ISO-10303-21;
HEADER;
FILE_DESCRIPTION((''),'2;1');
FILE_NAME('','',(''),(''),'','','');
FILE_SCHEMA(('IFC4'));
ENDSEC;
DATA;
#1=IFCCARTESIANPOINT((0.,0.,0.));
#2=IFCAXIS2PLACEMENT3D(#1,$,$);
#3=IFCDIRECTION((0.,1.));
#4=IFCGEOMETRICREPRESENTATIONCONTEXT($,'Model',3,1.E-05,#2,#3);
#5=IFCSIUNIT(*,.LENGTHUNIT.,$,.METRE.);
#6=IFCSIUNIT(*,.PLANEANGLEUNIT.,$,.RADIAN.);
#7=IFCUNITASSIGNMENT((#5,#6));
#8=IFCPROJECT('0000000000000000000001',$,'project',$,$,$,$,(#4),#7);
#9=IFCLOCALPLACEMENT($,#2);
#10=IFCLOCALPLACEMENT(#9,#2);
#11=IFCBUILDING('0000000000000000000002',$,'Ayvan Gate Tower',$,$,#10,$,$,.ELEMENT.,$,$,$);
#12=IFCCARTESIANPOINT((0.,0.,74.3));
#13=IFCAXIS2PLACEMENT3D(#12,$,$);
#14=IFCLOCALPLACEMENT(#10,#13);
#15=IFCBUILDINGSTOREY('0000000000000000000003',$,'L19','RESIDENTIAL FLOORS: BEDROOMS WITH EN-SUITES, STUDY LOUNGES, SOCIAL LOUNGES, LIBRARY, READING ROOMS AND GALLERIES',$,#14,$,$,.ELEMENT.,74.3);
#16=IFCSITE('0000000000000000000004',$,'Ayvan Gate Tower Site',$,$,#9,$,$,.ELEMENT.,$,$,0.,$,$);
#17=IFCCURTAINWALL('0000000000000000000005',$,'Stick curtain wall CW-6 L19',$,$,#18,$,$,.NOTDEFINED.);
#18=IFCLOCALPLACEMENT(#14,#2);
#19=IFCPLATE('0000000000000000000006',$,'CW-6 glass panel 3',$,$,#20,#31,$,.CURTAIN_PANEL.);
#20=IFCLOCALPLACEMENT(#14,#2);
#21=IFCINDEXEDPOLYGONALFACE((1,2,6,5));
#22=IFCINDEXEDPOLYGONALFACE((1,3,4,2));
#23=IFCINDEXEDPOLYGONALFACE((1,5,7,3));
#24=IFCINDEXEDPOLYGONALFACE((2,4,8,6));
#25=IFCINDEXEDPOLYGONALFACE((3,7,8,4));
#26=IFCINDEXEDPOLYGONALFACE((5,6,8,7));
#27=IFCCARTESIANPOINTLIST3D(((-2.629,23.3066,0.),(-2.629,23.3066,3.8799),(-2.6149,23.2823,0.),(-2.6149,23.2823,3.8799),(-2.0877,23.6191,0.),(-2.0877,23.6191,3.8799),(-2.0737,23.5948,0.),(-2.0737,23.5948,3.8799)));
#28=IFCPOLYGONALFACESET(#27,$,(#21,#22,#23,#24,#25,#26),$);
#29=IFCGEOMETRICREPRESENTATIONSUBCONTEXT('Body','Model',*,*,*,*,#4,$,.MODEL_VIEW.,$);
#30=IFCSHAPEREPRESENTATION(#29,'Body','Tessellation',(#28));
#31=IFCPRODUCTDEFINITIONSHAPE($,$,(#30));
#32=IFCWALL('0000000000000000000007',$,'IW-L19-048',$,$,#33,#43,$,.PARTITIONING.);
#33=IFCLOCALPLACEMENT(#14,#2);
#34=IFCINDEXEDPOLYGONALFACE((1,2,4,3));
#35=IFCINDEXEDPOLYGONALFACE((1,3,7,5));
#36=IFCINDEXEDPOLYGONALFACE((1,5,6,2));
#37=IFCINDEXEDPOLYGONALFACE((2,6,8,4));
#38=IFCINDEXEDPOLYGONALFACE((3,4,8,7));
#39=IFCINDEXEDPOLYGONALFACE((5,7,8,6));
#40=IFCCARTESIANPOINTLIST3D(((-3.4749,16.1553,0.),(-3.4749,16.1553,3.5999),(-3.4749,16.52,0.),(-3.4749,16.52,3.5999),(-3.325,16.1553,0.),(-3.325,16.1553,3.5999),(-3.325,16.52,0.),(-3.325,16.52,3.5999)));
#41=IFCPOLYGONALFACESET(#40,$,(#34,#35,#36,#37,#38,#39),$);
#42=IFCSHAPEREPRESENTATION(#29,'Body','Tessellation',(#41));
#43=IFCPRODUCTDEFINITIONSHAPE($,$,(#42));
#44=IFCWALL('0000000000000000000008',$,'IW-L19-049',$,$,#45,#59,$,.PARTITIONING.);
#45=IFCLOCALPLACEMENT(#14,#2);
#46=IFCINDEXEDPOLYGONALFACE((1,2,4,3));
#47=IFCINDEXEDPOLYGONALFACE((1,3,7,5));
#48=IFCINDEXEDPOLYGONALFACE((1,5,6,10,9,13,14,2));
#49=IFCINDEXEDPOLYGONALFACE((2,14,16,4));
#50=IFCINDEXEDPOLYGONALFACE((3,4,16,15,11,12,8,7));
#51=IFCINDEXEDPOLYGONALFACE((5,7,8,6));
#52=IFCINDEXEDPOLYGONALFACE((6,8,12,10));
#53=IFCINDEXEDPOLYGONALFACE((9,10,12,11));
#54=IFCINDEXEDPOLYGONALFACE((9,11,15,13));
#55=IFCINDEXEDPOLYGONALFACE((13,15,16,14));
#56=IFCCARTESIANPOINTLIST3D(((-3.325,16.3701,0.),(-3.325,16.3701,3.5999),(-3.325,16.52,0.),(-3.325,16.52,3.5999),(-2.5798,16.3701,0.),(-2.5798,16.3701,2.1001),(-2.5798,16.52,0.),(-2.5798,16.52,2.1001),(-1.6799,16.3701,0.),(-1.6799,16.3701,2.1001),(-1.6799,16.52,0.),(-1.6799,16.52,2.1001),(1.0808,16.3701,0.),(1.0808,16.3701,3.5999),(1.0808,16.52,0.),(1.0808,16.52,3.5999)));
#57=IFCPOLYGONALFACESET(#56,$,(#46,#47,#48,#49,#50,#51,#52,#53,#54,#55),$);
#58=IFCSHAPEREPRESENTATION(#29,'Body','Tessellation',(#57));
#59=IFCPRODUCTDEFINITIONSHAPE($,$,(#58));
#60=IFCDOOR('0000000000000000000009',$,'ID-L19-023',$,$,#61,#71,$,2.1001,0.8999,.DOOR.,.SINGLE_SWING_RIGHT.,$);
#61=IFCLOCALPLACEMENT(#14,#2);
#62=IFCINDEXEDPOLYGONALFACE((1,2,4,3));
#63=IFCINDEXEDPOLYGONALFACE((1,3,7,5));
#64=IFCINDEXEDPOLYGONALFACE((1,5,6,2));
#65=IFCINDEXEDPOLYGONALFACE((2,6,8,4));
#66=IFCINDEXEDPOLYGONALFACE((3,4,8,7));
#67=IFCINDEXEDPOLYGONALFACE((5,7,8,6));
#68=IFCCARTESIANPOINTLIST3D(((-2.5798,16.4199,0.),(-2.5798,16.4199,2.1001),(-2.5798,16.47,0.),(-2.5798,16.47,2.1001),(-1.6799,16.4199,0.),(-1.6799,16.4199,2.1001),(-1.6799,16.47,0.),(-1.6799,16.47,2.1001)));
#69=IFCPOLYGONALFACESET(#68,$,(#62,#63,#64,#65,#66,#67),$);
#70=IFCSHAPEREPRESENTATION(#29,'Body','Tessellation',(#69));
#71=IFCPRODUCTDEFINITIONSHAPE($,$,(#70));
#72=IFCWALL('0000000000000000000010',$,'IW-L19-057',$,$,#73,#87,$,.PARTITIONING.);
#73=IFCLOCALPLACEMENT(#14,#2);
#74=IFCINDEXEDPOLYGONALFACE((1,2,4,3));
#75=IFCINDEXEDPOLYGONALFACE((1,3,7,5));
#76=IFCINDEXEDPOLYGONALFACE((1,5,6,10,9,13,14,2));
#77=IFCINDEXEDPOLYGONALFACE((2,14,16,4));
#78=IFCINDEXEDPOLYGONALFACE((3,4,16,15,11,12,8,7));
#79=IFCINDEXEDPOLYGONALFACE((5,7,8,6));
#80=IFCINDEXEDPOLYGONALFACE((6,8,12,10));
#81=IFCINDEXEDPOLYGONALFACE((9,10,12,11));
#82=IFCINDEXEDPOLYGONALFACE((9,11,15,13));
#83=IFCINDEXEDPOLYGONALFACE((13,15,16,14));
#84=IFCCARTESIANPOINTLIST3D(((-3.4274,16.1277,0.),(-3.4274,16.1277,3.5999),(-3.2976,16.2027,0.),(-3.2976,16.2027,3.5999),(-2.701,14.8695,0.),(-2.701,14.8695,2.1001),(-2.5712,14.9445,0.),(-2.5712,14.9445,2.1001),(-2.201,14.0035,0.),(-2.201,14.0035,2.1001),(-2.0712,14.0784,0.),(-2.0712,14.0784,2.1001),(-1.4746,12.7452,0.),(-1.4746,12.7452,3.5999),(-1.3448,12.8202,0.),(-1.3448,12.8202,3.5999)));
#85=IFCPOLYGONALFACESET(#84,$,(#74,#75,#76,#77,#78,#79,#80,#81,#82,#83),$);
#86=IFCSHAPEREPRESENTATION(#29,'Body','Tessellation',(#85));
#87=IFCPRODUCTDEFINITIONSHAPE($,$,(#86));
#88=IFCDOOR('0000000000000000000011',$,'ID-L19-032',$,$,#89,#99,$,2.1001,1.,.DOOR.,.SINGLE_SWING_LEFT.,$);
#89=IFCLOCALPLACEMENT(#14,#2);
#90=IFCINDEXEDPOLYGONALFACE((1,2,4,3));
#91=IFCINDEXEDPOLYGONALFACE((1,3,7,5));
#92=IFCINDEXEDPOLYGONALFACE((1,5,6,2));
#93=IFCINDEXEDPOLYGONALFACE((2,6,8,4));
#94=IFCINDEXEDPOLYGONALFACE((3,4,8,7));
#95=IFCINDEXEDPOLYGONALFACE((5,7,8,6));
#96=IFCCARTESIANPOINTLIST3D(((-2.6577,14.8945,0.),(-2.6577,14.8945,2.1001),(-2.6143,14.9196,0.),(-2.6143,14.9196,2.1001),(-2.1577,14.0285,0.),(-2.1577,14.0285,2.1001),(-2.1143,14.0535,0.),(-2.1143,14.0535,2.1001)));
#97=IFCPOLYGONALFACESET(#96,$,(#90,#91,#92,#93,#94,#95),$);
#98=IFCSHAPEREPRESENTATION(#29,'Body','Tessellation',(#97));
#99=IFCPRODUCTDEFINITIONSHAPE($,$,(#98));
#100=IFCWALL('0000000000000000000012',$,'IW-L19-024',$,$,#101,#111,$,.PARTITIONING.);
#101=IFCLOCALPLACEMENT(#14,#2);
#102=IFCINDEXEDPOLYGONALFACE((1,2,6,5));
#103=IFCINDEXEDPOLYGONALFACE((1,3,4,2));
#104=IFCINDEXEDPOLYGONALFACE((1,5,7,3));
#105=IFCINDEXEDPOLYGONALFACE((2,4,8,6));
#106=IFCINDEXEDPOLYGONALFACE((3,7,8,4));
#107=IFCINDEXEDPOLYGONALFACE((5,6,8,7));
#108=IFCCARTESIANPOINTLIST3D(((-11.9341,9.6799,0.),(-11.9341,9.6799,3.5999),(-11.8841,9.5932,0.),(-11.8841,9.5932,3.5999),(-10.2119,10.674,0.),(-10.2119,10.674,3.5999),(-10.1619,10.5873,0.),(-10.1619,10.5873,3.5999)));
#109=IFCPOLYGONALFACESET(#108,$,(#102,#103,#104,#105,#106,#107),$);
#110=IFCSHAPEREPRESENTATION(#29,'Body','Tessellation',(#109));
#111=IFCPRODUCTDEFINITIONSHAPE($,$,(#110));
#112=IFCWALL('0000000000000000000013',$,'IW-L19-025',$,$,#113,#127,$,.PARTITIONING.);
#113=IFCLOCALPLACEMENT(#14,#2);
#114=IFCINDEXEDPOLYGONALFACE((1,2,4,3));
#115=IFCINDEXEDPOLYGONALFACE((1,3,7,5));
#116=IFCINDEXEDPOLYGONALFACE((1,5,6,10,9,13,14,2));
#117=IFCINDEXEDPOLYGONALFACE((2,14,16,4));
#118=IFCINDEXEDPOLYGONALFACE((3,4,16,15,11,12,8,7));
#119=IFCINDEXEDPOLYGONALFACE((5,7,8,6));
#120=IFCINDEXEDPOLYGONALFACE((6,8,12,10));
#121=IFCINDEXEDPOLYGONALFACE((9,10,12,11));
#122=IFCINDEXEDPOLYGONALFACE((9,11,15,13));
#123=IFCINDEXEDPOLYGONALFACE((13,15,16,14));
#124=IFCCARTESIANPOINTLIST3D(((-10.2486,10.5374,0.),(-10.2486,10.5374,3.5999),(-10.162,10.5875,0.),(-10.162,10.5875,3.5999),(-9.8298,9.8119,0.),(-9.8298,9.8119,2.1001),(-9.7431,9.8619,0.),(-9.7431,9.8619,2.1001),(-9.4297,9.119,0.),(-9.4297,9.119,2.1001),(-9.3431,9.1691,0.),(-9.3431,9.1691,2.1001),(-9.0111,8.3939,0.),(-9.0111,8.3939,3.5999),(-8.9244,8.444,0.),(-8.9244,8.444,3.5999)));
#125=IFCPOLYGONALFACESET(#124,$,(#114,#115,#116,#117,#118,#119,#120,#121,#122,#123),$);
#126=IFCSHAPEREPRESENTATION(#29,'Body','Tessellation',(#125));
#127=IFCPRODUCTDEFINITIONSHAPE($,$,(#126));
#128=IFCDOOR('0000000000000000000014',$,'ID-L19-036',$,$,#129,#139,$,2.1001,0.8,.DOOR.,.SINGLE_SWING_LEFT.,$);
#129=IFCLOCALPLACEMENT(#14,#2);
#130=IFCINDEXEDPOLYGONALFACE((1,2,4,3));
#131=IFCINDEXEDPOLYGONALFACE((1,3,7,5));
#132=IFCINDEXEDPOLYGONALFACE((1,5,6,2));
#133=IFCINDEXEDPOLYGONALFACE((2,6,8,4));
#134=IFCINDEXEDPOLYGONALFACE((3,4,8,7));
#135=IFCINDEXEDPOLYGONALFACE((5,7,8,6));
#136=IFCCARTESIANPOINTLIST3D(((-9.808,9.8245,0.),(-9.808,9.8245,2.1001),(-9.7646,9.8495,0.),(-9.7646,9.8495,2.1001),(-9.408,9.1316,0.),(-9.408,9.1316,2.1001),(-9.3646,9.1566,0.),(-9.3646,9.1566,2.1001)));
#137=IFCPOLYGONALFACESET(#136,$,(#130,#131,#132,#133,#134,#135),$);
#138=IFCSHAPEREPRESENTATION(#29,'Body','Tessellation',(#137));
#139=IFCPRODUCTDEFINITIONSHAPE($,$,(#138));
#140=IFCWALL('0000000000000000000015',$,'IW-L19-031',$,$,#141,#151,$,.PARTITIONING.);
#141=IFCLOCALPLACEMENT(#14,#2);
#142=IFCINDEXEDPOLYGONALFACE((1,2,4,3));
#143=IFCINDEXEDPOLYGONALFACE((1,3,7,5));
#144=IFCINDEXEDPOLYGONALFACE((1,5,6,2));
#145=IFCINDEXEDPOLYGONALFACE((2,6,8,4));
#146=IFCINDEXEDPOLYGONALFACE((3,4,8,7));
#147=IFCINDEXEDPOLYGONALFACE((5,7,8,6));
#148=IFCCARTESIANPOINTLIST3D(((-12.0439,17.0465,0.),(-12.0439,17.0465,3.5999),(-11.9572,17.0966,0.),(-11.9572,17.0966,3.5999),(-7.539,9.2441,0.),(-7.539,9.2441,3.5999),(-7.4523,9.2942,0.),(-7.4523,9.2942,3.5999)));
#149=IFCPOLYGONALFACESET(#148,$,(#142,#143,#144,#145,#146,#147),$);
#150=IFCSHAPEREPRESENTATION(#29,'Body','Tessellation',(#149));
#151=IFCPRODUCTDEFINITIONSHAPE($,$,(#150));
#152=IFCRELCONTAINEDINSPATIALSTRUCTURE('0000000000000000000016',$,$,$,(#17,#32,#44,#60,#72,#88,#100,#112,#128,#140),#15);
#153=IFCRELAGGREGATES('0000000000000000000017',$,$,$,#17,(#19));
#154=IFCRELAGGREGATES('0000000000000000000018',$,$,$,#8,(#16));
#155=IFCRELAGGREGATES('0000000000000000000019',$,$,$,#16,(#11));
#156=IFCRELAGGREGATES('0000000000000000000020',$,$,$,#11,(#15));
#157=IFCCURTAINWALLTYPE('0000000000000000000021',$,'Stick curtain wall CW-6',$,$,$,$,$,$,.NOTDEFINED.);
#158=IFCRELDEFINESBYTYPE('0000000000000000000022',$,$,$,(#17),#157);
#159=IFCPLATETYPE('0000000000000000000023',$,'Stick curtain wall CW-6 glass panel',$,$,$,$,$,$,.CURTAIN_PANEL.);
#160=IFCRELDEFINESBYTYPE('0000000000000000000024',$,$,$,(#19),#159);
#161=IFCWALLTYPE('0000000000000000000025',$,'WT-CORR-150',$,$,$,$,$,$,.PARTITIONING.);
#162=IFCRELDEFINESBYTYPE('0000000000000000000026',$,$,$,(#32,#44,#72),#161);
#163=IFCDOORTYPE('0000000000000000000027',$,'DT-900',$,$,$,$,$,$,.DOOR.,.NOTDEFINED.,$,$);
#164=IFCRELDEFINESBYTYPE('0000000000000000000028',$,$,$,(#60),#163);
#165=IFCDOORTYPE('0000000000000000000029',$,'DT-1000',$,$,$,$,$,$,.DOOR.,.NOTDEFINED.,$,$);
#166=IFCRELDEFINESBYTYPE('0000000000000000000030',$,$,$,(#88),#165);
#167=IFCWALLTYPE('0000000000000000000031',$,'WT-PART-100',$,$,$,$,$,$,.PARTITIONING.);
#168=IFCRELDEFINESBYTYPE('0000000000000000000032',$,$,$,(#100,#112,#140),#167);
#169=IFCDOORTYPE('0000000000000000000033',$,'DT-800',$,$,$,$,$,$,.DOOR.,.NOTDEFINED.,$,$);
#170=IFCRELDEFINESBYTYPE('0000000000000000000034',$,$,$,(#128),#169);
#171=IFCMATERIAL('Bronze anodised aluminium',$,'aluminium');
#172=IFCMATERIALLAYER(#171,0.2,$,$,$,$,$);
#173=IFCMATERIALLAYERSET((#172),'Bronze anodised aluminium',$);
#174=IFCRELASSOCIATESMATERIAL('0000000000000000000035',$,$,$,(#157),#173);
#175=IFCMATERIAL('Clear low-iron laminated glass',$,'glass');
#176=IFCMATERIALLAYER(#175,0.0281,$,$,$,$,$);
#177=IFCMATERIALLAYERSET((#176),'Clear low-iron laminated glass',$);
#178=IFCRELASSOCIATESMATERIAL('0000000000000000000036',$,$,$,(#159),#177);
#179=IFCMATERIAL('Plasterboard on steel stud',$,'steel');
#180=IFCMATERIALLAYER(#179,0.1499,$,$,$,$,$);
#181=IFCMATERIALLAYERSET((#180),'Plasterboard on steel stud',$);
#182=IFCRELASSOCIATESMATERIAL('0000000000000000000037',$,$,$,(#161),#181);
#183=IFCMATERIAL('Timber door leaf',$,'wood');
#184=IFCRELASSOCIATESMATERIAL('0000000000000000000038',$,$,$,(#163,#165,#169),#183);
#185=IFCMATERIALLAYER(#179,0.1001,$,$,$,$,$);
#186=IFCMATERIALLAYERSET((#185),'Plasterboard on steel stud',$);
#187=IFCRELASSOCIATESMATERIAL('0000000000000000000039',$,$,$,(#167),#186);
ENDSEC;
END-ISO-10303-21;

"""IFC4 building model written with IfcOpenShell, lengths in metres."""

from ifc_helpers import new_model, si_unit, direction, frame, frame_2d, origin, origin_2d, place, context, subcontext, project, spatial, rectangle, extrude, material, layer, layer_set, type_object, element, fill, aggregate, save


model = new_model("IFC4")

# Units and contexts
model_context = context("Model", 3, precision=1e-05, world=origin(), true_north=direction((0.0, 1.0)))
body_context = subcontext(model_context, "Body", "Model", "MODEL_VIEW")
ifc_project = project(units=[si_unit("LENGTHUNIT", "METRE"), si_unit("PLANEANGLEUNIT", "RADIAN")], contexts=[model_context])

# Site, building, storey
site_placement = place(None, origin())
site = spatial("IfcSite", under=ifc_project, at=site_placement, Name="Ayvan Gate Tower Site", CompositionType="ELEMENT", RefElevation=0.0)
building_placement = place(site_placement, origin())
building = spatial("IfcBuilding", under=site, at=building_placement, Name="Ayvan Gate Tower", CompositionType="ELEMENT")
storey_placement = place(building_placement, frame((0.0, 0.0, 74.3)))
storey = spatial("IfcBuildingStorey", under=building, at=storey_placement, Name="L19", Description="RESIDENTIAL FLOORS: BEDROOMS WITH EN-SUITES, STUDY LOUNGES, SOCIAL LOUNGES, LIBRARY, READING ROOMS AND GALLERIES", CompositionType="ELEMENT", Elevation=74.3)

# Curtain wall
ifc_material_1 = material(Name="Bronze anodised aluminium", Category="aluminium")
ifc_layer_1 = layer(ifc_material_1, 0.2)
ifc_layer_set_1 = layer_set([ifc_layer_1], Name="Bronze anodised aluminium")
curtain_wall_type_1 = type_object("IfcCurtainWallType", Name="Stick curtain wall CW-6", PredefinedType="NOTDEFINED", material=ifc_layer_set_1)
curtain_wall_1_placement = place(storey_placement, origin())
curtain_wall_1 = element("IfcCurtainWall", 1, at=curtain_wall_1_placement, inside=storey, type_object=curtain_wall_type_1, Name="Stick curtain wall CW-6 L19", PredefinedType="NOTDEFINED")

# Plate
ifc_material_2 = material(Name="Clear low-iron laminated glass", Category="glass")
ifc_layer_2 = layer(ifc_material_2, 0.0281)
ifc_layer_set_2 = layer_set([ifc_layer_2], Name="Clear low-iron laminated glass")
plate_type_1 = type_object("IfcPlateType", Name="Stick curtain wall CW-6 glass panel", PredefinedType="CURTAIN_PANEL", material=ifc_layer_set_2)
plate_1_placement = place(storey_placement, frame((-2.3513, 23.4507, 0.0), z_axis=(0.0, 0.0, 1.0), x_axis=(-0.866025, -0.5, 0.0)))
plate_1 = element("IfcPlate", 2, at=plate_1_placement, type_object=plate_type_1, Name="CW-6 glass panel 3", PredefinedType="CURTAIN_PANEL", context=body_context, shape_type="SweptSolid", body=[
    extrude(rectangle(XDim=0.625, YDim=0.0281, at=origin_2d()), origin(), (0.0, 0.0, 1.0), 3.8799),
])
aggregate(curtain_wall_1, [plate_1])

# Wall
ifc_material_3 = material(Name="Plasterboard on steel stud", Category="steel")
ifc_layer_3 = layer(ifc_material_3, 0.1499)
ifc_layer_set_3 = layer_set([ifc_layer_3], Name="Plasterboard on steel stud")
wall_type_1 = type_object("IfcWallType", Name="WT-CORR-150", PredefinedType="PARTITIONING", material=ifc_layer_set_3)
wall_1_placement = place(storey_placement, frame((-3.3999, 16.1553, 0.0), z_axis=(0.0, 0.0, 1.0), x_axis=(0.0, 1.0, 0.0)))
element("IfcWall", 3, at=wall_1_placement, inside=storey, type_object=wall_type_1, Name="IW-L19-048", PredefinedType="PARTITIONING", context=body_context, shape_type="SweptSolid", body=[
    extrude(rectangle(XDim=0.3647, YDim=0.1499, at=frame_2d((0.1824, 0.0))), origin(), (0.0, 0.0, 1.0), 3.5999),
])

# Walls, openings, doors
wall_2_placement = place(storey_placement, frame((-3.325, 16.4451, 0.0), z_axis=(0.0, 0.0, 1.0), x_axis=(1.0, 0.0, 0.0)))
wall_2 = element("IfcWall", 4, at=wall_2_placement, inside=storey, type_object=wall_type_1, Name="IW-L19-049", PredefinedType="PARTITIONING", context=body_context, shape_type="SweptSolid", body=[
    extrude(rectangle(XDim=4.4058, YDim=0.1499, at=frame_2d((2.2029, 0.0))), origin(), (0.0, 0.0, 1.0), 3.5999),
])
opening_1_placement = place(wall_2_placement, frame((0.7451, 0.0, 0.0)))
opening_1 = element("IfcOpeningElement", 5, at=opening_1_placement, cuts=wall_2, PredefinedType="OPENING", context=body_context, shape_type="SweptSolid", body=[
    extrude(rectangle(XDim=0.8999, YDim=2.1001, at=frame_2d((0.45, 1.05))), frame((0.0, 0.085, 0.0), z_axis=(0.0, -1.0, 0.0), x_axis=(1.0, 0.0, 0.0)), (0.0, 0.0, 1.0), 0.1699),
])
ifc_material_4 = material(Name="Timber door leaf", Category="wood")
door_type_1 = type_object("IfcDoorType", Name="DT-900", OperationType="NOTDEFINED", PredefinedType="DOOR", material=ifc_material_4)
door_1_placement = place(opening_1_placement, origin())
door_1 = element("IfcDoor", 6, at=door_1_placement, inside=storey, type_object=door_type_1, Name="ID-L19-023", OperationType="SINGLE_SWING_RIGHT", OverallHeight=2.1001, OverallWidth=0.8999, PredefinedType="DOOR", context=body_context, shape_type="SweptSolid", body=[
    extrude(rectangle(XDim=0.8999, YDim=2.1001, at=frame_2d((0.45, 1.05))), frame((0.0, 0.0249, 0.0), z_axis=(0.0, -1.0, 0.0), x_axis=(1.0, 0.0, 0.0)), (0.0, 0.0, 1.0), 0.05),
])
fill(opening_1, door_1)
wall_3_placement = place(storey_placement, frame((-1.4097, 12.7827, 0.0), z_axis=(0.0, 0.0, 1.0), x_axis=(-0.499991, 0.86603, 0.0)))
wall_3 = element("IfcWall", 7, at=wall_3_placement, inside=storey, type_object=wall_type_1, Name="IW-L19-057", PredefinedType="PARTITIONING", context=body_context, shape_type="SweptSolid", body=[
    extrude(rectangle(XDim=3.9058, YDim=0.1499, at=frame_2d((1.9529, 0.0))), origin(), (0.0, 0.0, 1.0), 3.5999),
])
opening_2_placement = place(wall_3_placement, frame((1.4529, 0.0, 0.0)))
opening_2 = element("IfcOpeningElement", 8, at=opening_2_placement, cuts=wall_3, PredefinedType="OPENING", context=body_context, shape_type="SweptSolid", body=[
    extrude(rectangle(XDim=1.0, YDim=2.1001, at=frame_2d((0.5, 1.05))), frame((0.0, 0.085, 0.0), z_axis=(0.0, -1.0, 0.0), x_axis=(1.0, 0.0, 0.0)), (0.0, 0.0, 1.0), 0.1699),
])
door_type_2 = type_object("IfcDoorType", Name="DT-1000", OperationType="NOTDEFINED", PredefinedType="DOOR", material=ifc_material_4)
door_2_placement = place(opening_2_placement, origin())
door_2 = element("IfcDoor", 9, at=door_2_placement, inside=storey, type_object=door_type_2, Name="ID-L19-032", OperationType="SINGLE_SWING_LEFT", OverallHeight=2.1001, OverallWidth=1.0, PredefinedType="DOOR", context=body_context, shape_type="SweptSolid", body=[
    extrude(rectangle(XDim=1.0, YDim=2.1001, at=frame_2d((0.5, 1.05))), frame((0.0, 0.0249, 0.0), z_axis=(0.0, -1.0, 0.0), x_axis=(1.0, 0.0, 0.0)), (0.0, 0.0, 1.0), 0.05),
])
fill(opening_2, door_2)

# Wall
ifc_layer_4 = layer(ifc_material_3, 0.1001)
ifc_layer_set_4 = layer_set([ifc_layer_4], Name="Plasterboard on steel stud")
wall_type_2 = type_object("IfcWallType", Name="WT-PART-100", PredefinedType="PARTITIONING", material=ifc_layer_set_4)
wall_4_placement = place(storey_placement, frame((-10.187, 10.6306, 0.0), z_axis=(0.0, 0.0, 1.0), x_axis=(-0.866059, -0.499942, 0.0)))
element("IfcWall", 10, at=wall_4_placement, inside=storey, type_object=wall_type_2, Name="IW-L19-024", PredefinedType="PARTITIONING", context=body_context, shape_type="SweptSolid", body=[
    extrude(rectangle(XDim=1.9885, YDim=0.1001, at=frame_2d((0.9941, 0.0))), origin(), (0.0, 0.0, 1.0), 3.5999),
])

# Wall, opening, door
wall_5_placement = place(storey_placement, frame((-8.9678, 8.4189, 0.0), z_axis=(0.0, 0.0, 1.0), x_axis=(-0.49999, 0.866031, 0.0)))
wall_5 = element("IfcWall", 11, at=wall_5_placement, inside=storey, type_object=wall_type_2, Name="IW-L19-025", PredefinedType="PARTITIONING", context=body_context, shape_type="SweptSolid", body=[
    extrude(rectangle(XDim=2.4751, YDim=0.1001, at=frame_2d((1.2375, 0.0))), origin(), (0.0, 0.0, 1.0), 3.5999),
])
opening_3_placement = place(wall_5_placement, frame((0.8374, 0.0, 0.0)))
opening_3 = element("IfcOpeningElement", 12, at=opening_3_placement, cuts=wall_5, PredefinedType="OPENING", context=body_context, shape_type="SweptSolid", body=[
    extrude(rectangle(XDim=0.8, YDim=2.1001, at=frame_2d((0.3999, 1.05))), frame((0.0, 0.0601, 0.0), z_axis=(0.0, -1.0, 0.0), x_axis=(1.0, 0.0, 0.0)), (0.0, 0.0, 1.0), 0.1201),
])
door_type_3 = type_object("IfcDoorType", Name="DT-800", OperationType="NOTDEFINED", PredefinedType="DOOR", material=ifc_material_4)
door_3_placement = place(opening_3_placement, origin())
door_3 = element("IfcDoor", 13, at=door_3_placement, inside=storey, type_object=door_type_3, Name="ID-L19-036", OperationType="SINGLE_SWING_LEFT", OverallHeight=2.1001, OverallWidth=0.8, PredefinedType="DOOR", context=body_context, shape_type="SweptSolid", body=[
    extrude(rectangle(XDim=0.8, YDim=2.1001, at=frame_2d((0.3999, 1.05))), frame((0.0, 0.0249, 0.0), z_axis=(0.0, -1.0, 0.0), x_axis=(1.0, 0.0, 0.0)), (0.0, 0.0, 1.0), 0.05),
])
fill(opening_3, door_3)

# Wall
wall_6_placement = place(storey_placement, frame((-7.4956, 9.269, 0.0), z_axis=(0.0, 0.0, 1.0), x_axis=(-0.500009, 0.86602, 0.0)))
element("IfcWall", 14, at=wall_6_placement, inside=storey, type_object=wall_type_2, Name="IW-L19-031", PredefinedType="PARTITIONING", context=body_context, shape_type="SweptSolid", body=[
    extrude(rectangle(XDim=9.0095, YDim=0.1001, at=frame_2d((4.5049, 0.0))), origin(), (0.0, 0.0, 1.0), 3.5999),
])

save(model, "model.ifc")
